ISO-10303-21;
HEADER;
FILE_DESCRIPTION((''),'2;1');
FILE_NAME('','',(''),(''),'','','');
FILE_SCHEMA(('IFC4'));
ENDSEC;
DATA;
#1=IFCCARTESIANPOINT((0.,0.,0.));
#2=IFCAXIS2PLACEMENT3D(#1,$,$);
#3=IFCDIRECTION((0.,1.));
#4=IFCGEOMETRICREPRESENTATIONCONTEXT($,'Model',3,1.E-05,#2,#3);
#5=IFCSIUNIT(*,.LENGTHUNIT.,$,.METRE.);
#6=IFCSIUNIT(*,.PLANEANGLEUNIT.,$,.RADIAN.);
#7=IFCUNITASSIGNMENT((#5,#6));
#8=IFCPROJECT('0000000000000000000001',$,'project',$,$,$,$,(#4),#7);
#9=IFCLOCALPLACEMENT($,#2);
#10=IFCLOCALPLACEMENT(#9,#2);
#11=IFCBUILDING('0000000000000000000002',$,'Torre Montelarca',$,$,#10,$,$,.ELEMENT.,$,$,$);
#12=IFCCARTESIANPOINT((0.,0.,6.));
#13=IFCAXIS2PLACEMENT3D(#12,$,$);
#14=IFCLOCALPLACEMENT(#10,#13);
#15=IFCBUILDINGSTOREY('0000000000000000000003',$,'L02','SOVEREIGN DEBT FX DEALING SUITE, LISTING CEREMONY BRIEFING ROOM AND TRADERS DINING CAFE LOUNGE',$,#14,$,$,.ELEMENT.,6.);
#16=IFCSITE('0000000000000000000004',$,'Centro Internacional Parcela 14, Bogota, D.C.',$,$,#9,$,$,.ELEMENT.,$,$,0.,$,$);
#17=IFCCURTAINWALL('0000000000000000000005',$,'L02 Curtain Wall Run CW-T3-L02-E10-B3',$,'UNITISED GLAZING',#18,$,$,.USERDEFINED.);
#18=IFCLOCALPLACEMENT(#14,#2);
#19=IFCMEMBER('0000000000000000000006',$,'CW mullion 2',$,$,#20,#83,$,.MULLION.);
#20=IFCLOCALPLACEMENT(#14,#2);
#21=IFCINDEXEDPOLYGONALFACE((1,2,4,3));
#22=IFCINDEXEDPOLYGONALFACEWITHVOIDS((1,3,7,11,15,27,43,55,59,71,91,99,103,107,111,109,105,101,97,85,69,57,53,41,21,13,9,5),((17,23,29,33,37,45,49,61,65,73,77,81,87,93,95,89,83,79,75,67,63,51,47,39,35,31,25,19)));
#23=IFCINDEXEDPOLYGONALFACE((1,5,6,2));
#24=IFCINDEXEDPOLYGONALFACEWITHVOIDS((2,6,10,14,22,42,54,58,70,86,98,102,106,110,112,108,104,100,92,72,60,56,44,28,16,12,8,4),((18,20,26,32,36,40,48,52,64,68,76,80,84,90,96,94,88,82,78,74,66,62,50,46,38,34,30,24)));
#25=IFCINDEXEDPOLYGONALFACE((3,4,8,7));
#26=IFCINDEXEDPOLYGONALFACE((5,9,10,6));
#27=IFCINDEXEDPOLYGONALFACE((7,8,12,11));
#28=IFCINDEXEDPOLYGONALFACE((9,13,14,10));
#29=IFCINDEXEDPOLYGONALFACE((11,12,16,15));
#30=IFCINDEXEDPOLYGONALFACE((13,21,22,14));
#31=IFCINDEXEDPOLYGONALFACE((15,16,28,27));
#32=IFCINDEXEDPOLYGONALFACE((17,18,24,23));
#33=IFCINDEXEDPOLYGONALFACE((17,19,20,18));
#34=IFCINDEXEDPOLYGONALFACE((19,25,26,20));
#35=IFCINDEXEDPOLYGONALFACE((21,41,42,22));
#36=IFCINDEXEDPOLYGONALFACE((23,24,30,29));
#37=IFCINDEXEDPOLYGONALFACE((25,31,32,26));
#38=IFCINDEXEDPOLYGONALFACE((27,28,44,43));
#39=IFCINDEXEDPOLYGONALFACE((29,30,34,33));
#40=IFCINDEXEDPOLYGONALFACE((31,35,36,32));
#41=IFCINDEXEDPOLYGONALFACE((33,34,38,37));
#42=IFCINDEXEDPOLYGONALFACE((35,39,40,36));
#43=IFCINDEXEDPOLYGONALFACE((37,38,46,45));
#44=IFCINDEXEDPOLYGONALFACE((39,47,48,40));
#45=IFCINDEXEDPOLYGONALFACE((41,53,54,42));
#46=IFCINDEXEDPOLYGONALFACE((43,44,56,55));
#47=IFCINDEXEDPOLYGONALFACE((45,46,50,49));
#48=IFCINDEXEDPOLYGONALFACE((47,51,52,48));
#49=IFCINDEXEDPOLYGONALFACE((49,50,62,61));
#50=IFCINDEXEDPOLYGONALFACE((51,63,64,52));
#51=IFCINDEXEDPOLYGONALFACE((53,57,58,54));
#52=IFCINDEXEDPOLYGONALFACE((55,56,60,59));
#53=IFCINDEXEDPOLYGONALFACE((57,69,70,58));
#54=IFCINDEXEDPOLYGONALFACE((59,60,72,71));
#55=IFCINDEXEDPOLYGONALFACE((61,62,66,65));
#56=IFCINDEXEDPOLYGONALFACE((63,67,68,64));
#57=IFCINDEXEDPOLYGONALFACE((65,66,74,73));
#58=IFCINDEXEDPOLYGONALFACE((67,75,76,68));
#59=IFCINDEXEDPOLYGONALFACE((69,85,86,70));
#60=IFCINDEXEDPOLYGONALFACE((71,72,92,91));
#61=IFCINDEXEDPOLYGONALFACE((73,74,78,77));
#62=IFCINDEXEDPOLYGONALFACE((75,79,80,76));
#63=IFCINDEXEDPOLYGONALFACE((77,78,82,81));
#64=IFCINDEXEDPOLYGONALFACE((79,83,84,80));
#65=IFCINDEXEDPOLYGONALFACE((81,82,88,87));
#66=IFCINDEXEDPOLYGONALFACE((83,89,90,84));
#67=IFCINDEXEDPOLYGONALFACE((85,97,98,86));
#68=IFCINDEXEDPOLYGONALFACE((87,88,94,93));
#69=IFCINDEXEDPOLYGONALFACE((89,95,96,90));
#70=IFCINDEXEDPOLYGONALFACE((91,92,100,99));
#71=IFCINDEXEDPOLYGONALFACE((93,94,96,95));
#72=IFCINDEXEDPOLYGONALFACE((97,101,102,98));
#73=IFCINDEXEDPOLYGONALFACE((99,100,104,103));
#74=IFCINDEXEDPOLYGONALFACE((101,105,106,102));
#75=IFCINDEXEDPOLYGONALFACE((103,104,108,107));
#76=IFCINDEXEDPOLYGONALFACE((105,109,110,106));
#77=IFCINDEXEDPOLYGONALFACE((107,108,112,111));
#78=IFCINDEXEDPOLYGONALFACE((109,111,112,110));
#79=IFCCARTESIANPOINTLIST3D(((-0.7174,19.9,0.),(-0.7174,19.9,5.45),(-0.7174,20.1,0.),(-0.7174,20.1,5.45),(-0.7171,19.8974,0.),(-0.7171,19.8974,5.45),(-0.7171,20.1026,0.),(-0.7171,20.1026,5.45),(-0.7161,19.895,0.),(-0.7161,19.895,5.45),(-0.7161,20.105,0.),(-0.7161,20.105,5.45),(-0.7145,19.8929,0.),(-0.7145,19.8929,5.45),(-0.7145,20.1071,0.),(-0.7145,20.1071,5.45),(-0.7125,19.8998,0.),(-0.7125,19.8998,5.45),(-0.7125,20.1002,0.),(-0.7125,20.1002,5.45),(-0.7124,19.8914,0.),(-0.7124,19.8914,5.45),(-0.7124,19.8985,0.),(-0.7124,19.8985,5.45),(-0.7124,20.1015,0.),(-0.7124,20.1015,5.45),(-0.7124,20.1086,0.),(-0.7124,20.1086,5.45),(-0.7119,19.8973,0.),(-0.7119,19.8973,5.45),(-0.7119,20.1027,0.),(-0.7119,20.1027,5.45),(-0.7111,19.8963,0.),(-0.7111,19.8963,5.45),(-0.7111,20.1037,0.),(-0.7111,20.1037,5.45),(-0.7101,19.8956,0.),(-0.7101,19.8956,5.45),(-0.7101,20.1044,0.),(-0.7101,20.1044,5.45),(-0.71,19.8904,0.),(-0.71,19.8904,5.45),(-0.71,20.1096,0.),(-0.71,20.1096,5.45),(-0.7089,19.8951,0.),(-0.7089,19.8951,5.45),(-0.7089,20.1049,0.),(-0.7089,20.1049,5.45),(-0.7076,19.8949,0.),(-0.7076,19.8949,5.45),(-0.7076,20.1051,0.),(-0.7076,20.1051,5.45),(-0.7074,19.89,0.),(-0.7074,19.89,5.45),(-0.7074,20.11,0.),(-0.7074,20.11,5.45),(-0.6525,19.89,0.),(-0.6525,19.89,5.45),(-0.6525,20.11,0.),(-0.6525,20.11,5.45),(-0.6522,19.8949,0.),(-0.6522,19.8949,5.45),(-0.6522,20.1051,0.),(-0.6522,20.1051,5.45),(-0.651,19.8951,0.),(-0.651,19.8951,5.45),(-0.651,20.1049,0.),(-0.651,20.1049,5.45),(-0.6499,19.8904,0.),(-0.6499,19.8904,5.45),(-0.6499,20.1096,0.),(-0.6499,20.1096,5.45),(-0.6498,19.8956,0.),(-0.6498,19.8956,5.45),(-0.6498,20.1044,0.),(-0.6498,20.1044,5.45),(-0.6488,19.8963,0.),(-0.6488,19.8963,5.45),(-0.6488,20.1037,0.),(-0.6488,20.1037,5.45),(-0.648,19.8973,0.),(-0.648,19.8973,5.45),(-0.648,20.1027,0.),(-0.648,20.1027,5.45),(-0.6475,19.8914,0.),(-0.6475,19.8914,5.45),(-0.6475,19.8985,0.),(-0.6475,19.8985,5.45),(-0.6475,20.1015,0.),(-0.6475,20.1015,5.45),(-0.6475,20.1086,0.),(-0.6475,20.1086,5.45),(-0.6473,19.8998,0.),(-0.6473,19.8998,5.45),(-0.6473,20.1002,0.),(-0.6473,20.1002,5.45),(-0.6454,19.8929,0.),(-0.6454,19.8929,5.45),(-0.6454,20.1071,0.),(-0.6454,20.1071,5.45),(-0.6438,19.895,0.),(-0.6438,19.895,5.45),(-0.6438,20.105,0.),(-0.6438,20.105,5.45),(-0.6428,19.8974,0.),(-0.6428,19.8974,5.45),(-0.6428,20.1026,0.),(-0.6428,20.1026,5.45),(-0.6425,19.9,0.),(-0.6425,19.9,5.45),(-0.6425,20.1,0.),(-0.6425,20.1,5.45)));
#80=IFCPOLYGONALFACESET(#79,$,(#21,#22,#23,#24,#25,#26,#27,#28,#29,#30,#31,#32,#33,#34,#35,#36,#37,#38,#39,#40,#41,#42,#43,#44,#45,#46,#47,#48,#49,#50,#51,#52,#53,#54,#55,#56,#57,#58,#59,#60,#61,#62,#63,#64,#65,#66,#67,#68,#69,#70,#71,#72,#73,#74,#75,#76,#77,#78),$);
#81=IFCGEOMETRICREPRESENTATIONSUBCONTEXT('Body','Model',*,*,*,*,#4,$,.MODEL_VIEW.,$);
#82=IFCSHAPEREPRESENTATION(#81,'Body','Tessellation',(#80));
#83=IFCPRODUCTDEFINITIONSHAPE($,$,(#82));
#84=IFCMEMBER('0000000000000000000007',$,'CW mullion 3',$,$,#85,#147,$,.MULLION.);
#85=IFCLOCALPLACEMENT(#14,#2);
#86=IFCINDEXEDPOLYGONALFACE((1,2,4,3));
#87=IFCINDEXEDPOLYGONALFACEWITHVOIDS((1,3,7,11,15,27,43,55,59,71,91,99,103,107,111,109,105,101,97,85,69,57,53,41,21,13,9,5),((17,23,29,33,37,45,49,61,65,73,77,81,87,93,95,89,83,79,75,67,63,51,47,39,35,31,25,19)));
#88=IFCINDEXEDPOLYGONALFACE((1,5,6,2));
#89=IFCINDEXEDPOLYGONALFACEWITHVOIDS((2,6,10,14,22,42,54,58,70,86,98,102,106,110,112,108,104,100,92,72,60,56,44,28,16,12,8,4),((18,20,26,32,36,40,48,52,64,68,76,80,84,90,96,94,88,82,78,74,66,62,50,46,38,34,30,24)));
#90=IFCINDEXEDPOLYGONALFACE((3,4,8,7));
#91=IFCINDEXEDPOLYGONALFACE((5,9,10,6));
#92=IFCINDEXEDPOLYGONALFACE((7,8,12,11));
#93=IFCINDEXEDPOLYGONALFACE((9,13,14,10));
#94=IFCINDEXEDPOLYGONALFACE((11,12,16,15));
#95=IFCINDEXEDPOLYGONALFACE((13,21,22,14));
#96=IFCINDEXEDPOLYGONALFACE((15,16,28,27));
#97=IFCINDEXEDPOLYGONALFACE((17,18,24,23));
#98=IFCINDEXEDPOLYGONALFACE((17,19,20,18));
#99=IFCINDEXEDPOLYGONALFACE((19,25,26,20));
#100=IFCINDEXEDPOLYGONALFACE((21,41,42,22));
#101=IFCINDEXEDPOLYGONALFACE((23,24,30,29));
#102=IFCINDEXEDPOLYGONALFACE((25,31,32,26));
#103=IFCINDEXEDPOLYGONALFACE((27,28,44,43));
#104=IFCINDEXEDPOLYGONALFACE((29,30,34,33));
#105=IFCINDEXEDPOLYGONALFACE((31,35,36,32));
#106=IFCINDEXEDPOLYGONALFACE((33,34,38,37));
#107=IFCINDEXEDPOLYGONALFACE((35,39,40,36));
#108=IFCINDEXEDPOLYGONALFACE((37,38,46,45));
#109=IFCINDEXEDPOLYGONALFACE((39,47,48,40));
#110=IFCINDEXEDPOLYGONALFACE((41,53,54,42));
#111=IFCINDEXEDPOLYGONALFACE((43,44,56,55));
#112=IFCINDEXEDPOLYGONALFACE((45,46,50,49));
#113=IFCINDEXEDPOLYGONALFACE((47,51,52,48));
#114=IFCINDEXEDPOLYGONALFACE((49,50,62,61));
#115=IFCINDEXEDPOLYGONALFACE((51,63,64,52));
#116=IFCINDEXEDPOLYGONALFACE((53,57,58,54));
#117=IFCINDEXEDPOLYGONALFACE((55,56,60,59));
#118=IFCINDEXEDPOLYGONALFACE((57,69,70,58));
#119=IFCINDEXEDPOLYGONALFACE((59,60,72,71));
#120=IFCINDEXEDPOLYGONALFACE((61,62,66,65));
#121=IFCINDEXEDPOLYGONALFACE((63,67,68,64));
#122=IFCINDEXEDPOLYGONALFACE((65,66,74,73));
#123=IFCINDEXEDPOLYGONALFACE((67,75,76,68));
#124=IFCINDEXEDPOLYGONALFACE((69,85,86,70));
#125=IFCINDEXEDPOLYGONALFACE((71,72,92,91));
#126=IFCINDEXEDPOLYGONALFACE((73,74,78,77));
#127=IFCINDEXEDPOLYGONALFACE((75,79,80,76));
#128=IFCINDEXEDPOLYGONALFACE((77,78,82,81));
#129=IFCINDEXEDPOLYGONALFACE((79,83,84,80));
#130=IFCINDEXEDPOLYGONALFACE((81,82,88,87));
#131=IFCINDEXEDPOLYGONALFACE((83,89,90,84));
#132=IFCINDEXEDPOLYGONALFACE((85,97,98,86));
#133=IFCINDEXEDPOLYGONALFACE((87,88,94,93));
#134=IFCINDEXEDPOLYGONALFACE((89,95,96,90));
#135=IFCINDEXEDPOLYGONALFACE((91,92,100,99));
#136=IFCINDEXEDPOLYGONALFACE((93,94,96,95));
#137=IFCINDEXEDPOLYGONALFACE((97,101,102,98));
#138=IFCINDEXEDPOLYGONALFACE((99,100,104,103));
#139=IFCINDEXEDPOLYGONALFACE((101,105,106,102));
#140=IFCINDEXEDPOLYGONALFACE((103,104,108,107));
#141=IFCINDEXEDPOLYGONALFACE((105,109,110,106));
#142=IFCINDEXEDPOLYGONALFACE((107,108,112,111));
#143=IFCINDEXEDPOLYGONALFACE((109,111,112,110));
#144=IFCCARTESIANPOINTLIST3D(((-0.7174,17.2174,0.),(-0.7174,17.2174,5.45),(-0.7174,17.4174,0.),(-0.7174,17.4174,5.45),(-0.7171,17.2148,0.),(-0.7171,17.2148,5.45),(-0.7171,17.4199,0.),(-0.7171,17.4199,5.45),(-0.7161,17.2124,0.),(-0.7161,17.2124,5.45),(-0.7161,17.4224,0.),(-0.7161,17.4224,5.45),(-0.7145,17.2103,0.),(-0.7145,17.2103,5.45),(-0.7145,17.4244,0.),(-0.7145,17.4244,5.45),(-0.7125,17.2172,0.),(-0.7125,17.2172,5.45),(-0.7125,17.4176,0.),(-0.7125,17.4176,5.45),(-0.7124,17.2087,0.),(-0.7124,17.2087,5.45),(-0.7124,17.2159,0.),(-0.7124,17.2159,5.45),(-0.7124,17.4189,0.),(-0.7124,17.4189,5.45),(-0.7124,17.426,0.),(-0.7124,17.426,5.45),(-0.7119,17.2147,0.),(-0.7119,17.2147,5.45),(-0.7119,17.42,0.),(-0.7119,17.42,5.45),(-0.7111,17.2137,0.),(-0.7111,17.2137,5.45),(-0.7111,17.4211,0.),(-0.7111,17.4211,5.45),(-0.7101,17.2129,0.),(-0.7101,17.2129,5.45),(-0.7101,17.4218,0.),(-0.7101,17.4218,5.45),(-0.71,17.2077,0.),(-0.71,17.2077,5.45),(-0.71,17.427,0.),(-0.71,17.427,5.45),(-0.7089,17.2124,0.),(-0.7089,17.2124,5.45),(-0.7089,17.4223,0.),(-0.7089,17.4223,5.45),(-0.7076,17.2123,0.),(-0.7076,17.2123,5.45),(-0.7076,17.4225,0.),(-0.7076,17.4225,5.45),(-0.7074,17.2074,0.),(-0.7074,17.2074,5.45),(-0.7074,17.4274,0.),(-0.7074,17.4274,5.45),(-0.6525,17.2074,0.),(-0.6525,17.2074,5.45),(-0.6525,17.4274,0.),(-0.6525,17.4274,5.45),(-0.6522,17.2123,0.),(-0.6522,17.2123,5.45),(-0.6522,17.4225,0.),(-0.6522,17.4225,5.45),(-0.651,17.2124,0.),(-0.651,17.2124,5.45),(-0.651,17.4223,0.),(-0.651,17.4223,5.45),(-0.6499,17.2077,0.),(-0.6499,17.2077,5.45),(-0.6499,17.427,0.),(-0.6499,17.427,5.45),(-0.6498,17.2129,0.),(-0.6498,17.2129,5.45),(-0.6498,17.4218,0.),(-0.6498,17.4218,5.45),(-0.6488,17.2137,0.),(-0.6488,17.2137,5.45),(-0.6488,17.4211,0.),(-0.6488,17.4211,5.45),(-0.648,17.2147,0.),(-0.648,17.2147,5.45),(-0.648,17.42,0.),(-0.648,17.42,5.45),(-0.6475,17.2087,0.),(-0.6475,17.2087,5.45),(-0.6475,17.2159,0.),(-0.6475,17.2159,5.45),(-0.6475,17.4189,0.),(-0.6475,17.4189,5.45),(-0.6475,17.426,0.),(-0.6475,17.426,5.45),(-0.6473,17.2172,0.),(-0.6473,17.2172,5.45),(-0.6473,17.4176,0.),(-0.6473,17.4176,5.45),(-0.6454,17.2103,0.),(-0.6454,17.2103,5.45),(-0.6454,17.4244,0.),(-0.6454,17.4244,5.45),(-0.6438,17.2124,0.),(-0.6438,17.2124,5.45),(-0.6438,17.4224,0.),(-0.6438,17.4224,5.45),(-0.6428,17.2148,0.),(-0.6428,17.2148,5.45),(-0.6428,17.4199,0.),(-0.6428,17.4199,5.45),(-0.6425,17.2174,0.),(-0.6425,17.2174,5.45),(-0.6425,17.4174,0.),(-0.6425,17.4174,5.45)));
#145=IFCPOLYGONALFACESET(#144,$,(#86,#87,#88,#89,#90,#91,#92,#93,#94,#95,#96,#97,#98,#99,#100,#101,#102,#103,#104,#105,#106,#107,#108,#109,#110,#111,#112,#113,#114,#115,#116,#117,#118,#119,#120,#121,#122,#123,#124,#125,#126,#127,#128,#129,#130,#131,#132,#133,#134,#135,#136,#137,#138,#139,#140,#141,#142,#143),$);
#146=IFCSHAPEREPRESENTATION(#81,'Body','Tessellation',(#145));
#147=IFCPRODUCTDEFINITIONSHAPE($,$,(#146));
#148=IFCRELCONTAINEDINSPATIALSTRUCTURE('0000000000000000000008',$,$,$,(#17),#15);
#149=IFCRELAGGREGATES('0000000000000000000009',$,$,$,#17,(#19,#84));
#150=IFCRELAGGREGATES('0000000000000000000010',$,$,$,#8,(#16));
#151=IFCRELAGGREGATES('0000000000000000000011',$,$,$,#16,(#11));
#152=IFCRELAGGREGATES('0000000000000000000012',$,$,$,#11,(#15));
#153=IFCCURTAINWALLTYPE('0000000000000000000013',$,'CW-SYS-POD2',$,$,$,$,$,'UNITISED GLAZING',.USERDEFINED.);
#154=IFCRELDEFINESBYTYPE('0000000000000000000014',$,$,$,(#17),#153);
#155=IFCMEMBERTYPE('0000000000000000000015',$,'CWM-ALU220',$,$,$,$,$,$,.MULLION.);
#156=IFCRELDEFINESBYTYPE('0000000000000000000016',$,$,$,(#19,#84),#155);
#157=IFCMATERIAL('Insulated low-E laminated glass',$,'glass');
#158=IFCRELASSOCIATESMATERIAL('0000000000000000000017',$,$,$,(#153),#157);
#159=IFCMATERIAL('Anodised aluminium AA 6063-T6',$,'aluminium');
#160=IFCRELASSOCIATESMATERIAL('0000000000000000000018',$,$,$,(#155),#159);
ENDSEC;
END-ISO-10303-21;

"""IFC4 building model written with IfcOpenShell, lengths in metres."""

from ifc_helpers import new_model, si_unit, direction, frame, origin, origin_2d, place, context, subcontext, project, spatial, hollow_rectangle, extrude, source, transform, mapped, material, material_profile, profile_set, type_object, element, aggregate, save


model = new_model("IFC4")

# Units and contexts
model_context = context("Model", 3, precision=1e-05, world=origin(), true_north=direction((0.0, 1.0)))
body_context = subcontext(model_context, "Body", "Model", "MODEL_VIEW")
ifc_project = project(units=[si_unit("LENGTHUNIT", "METRE"), si_unit("PLANEANGLEUNIT", "RADIAN")], contexts=[model_context])

# Site, building, storey
site_placement = place(None, origin())
site = spatial("IfcSite", under=ifc_project, at=site_placement, Name="Centro Internacional Parcela 14, Bogota, D.C.", CompositionType="ELEMENT", RefElevation=0.0)
building_placement = place(site_placement, origin())
building = spatial("IfcBuilding", under=site, at=building_placement, Name="Torre Montelarca", CompositionType="ELEMENT")
storey_placement = place(building_placement, frame((0.0, 0.0, 6.0)))
storey = spatial("IfcBuildingStorey", under=building, at=storey_placement, Name="L02", Description="SOVEREIGN DEBT FX DEALING SUITE, LISTING CEREMONY BRIEFING ROOM AND TRADERS DINING CAFE LOUNGE", CompositionType="ELEMENT", Elevation=6.0)

# Shared definitions
ifc_material_1 = material(Name="Insulated low-E laminated glass", Category="glass")
curtain_wall_type = type_object("IfcCurtainWallType", Name="CW-SYS-POD2", ElementType="UNITISED GLAZING", PredefinedType="USERDEFINED", material=ifc_material_1)
ifc_material_2 = material(Name="Anodised aluminium AA 6063-T6", Category="aluminium")
ifc_material_profile_1 = material_profile(ifc_material_2, hollow_rectangle(XDim=0.075, YDim=0.22, WallThickness=0.0049, InnerFilletRadius=0.0049, OuterFilletRadius=0.01, at=origin_2d()), Name="ALU75X220X5", Category="aluminium")
ifc_profile_set_1 = profile_set([ifc_material_profile_1], Name="Anodised aluminium AA 6063-T6")
member_type_1 = type_object("IfcMemberType", Name="CWM-ALU220", PredefinedType="MULLION", material=ifc_profile_set_1)
shared_shape_1 = source(origin(), body_context, "Body", "SweptSolid", [
    extrude(hollow_rectangle(XDim=0.075, YDim=0.22, WallThickness=0.0049, InnerFilletRadius=0.0049, OuterFilletRadius=0.01, at=origin_2d()), origin(), (0.0, 0.0, 1.0), 5.45),
])

# Curtain wall, members
curtain_wall_1_placement = place(storey_placement, origin())
curtain_wall_1 = element("IfcCurtainWall", 1, at=curtain_wall_1_placement, inside=storey, type_object=curtain_wall_type, Name="L02 Curtain Wall Run CW-T3-L02-E10-B3", ObjectType="UNITISED GLAZING", PredefinedType="USERDEFINED")
member_1_placement = place(storey_placement, frame((-0.6799, 20.0, 0.0), z_axis=(0.0, 0.0, 1.0), x_axis=(1.0, 0.0, 0.0)))
member_1 = element("IfcMember", 2, at=member_1_placement, type_object=member_type_1, Name="CW mullion 2", PredefinedType="MULLION", context=body_context, shape_type="MappedRepresentation", body=[
    mapped(shared_shape_1, transform((0.0, 0.0, 0.0), scale=1.0)),
])
member_2_placement = place(storey_placement, frame((-0.6799, 17.3174, 0.0), z_axis=(0.0, 0.0, 1.0), x_axis=(1.0, 0.0, 0.0)))
member_2 = element("IfcMember", 3, at=member_2_placement, type_object=member_type_1, Name="CW mullion 3", PredefinedType="MULLION", context=body_context, shape_type="MappedRepresentation", body=[
    mapped(shared_shape_1, transform((0.0, 0.0, 0.0), scale=1.0)),
])
aggregate(curtain_wall_1, [member_1, member_2])

save(model, "model.ifc")
